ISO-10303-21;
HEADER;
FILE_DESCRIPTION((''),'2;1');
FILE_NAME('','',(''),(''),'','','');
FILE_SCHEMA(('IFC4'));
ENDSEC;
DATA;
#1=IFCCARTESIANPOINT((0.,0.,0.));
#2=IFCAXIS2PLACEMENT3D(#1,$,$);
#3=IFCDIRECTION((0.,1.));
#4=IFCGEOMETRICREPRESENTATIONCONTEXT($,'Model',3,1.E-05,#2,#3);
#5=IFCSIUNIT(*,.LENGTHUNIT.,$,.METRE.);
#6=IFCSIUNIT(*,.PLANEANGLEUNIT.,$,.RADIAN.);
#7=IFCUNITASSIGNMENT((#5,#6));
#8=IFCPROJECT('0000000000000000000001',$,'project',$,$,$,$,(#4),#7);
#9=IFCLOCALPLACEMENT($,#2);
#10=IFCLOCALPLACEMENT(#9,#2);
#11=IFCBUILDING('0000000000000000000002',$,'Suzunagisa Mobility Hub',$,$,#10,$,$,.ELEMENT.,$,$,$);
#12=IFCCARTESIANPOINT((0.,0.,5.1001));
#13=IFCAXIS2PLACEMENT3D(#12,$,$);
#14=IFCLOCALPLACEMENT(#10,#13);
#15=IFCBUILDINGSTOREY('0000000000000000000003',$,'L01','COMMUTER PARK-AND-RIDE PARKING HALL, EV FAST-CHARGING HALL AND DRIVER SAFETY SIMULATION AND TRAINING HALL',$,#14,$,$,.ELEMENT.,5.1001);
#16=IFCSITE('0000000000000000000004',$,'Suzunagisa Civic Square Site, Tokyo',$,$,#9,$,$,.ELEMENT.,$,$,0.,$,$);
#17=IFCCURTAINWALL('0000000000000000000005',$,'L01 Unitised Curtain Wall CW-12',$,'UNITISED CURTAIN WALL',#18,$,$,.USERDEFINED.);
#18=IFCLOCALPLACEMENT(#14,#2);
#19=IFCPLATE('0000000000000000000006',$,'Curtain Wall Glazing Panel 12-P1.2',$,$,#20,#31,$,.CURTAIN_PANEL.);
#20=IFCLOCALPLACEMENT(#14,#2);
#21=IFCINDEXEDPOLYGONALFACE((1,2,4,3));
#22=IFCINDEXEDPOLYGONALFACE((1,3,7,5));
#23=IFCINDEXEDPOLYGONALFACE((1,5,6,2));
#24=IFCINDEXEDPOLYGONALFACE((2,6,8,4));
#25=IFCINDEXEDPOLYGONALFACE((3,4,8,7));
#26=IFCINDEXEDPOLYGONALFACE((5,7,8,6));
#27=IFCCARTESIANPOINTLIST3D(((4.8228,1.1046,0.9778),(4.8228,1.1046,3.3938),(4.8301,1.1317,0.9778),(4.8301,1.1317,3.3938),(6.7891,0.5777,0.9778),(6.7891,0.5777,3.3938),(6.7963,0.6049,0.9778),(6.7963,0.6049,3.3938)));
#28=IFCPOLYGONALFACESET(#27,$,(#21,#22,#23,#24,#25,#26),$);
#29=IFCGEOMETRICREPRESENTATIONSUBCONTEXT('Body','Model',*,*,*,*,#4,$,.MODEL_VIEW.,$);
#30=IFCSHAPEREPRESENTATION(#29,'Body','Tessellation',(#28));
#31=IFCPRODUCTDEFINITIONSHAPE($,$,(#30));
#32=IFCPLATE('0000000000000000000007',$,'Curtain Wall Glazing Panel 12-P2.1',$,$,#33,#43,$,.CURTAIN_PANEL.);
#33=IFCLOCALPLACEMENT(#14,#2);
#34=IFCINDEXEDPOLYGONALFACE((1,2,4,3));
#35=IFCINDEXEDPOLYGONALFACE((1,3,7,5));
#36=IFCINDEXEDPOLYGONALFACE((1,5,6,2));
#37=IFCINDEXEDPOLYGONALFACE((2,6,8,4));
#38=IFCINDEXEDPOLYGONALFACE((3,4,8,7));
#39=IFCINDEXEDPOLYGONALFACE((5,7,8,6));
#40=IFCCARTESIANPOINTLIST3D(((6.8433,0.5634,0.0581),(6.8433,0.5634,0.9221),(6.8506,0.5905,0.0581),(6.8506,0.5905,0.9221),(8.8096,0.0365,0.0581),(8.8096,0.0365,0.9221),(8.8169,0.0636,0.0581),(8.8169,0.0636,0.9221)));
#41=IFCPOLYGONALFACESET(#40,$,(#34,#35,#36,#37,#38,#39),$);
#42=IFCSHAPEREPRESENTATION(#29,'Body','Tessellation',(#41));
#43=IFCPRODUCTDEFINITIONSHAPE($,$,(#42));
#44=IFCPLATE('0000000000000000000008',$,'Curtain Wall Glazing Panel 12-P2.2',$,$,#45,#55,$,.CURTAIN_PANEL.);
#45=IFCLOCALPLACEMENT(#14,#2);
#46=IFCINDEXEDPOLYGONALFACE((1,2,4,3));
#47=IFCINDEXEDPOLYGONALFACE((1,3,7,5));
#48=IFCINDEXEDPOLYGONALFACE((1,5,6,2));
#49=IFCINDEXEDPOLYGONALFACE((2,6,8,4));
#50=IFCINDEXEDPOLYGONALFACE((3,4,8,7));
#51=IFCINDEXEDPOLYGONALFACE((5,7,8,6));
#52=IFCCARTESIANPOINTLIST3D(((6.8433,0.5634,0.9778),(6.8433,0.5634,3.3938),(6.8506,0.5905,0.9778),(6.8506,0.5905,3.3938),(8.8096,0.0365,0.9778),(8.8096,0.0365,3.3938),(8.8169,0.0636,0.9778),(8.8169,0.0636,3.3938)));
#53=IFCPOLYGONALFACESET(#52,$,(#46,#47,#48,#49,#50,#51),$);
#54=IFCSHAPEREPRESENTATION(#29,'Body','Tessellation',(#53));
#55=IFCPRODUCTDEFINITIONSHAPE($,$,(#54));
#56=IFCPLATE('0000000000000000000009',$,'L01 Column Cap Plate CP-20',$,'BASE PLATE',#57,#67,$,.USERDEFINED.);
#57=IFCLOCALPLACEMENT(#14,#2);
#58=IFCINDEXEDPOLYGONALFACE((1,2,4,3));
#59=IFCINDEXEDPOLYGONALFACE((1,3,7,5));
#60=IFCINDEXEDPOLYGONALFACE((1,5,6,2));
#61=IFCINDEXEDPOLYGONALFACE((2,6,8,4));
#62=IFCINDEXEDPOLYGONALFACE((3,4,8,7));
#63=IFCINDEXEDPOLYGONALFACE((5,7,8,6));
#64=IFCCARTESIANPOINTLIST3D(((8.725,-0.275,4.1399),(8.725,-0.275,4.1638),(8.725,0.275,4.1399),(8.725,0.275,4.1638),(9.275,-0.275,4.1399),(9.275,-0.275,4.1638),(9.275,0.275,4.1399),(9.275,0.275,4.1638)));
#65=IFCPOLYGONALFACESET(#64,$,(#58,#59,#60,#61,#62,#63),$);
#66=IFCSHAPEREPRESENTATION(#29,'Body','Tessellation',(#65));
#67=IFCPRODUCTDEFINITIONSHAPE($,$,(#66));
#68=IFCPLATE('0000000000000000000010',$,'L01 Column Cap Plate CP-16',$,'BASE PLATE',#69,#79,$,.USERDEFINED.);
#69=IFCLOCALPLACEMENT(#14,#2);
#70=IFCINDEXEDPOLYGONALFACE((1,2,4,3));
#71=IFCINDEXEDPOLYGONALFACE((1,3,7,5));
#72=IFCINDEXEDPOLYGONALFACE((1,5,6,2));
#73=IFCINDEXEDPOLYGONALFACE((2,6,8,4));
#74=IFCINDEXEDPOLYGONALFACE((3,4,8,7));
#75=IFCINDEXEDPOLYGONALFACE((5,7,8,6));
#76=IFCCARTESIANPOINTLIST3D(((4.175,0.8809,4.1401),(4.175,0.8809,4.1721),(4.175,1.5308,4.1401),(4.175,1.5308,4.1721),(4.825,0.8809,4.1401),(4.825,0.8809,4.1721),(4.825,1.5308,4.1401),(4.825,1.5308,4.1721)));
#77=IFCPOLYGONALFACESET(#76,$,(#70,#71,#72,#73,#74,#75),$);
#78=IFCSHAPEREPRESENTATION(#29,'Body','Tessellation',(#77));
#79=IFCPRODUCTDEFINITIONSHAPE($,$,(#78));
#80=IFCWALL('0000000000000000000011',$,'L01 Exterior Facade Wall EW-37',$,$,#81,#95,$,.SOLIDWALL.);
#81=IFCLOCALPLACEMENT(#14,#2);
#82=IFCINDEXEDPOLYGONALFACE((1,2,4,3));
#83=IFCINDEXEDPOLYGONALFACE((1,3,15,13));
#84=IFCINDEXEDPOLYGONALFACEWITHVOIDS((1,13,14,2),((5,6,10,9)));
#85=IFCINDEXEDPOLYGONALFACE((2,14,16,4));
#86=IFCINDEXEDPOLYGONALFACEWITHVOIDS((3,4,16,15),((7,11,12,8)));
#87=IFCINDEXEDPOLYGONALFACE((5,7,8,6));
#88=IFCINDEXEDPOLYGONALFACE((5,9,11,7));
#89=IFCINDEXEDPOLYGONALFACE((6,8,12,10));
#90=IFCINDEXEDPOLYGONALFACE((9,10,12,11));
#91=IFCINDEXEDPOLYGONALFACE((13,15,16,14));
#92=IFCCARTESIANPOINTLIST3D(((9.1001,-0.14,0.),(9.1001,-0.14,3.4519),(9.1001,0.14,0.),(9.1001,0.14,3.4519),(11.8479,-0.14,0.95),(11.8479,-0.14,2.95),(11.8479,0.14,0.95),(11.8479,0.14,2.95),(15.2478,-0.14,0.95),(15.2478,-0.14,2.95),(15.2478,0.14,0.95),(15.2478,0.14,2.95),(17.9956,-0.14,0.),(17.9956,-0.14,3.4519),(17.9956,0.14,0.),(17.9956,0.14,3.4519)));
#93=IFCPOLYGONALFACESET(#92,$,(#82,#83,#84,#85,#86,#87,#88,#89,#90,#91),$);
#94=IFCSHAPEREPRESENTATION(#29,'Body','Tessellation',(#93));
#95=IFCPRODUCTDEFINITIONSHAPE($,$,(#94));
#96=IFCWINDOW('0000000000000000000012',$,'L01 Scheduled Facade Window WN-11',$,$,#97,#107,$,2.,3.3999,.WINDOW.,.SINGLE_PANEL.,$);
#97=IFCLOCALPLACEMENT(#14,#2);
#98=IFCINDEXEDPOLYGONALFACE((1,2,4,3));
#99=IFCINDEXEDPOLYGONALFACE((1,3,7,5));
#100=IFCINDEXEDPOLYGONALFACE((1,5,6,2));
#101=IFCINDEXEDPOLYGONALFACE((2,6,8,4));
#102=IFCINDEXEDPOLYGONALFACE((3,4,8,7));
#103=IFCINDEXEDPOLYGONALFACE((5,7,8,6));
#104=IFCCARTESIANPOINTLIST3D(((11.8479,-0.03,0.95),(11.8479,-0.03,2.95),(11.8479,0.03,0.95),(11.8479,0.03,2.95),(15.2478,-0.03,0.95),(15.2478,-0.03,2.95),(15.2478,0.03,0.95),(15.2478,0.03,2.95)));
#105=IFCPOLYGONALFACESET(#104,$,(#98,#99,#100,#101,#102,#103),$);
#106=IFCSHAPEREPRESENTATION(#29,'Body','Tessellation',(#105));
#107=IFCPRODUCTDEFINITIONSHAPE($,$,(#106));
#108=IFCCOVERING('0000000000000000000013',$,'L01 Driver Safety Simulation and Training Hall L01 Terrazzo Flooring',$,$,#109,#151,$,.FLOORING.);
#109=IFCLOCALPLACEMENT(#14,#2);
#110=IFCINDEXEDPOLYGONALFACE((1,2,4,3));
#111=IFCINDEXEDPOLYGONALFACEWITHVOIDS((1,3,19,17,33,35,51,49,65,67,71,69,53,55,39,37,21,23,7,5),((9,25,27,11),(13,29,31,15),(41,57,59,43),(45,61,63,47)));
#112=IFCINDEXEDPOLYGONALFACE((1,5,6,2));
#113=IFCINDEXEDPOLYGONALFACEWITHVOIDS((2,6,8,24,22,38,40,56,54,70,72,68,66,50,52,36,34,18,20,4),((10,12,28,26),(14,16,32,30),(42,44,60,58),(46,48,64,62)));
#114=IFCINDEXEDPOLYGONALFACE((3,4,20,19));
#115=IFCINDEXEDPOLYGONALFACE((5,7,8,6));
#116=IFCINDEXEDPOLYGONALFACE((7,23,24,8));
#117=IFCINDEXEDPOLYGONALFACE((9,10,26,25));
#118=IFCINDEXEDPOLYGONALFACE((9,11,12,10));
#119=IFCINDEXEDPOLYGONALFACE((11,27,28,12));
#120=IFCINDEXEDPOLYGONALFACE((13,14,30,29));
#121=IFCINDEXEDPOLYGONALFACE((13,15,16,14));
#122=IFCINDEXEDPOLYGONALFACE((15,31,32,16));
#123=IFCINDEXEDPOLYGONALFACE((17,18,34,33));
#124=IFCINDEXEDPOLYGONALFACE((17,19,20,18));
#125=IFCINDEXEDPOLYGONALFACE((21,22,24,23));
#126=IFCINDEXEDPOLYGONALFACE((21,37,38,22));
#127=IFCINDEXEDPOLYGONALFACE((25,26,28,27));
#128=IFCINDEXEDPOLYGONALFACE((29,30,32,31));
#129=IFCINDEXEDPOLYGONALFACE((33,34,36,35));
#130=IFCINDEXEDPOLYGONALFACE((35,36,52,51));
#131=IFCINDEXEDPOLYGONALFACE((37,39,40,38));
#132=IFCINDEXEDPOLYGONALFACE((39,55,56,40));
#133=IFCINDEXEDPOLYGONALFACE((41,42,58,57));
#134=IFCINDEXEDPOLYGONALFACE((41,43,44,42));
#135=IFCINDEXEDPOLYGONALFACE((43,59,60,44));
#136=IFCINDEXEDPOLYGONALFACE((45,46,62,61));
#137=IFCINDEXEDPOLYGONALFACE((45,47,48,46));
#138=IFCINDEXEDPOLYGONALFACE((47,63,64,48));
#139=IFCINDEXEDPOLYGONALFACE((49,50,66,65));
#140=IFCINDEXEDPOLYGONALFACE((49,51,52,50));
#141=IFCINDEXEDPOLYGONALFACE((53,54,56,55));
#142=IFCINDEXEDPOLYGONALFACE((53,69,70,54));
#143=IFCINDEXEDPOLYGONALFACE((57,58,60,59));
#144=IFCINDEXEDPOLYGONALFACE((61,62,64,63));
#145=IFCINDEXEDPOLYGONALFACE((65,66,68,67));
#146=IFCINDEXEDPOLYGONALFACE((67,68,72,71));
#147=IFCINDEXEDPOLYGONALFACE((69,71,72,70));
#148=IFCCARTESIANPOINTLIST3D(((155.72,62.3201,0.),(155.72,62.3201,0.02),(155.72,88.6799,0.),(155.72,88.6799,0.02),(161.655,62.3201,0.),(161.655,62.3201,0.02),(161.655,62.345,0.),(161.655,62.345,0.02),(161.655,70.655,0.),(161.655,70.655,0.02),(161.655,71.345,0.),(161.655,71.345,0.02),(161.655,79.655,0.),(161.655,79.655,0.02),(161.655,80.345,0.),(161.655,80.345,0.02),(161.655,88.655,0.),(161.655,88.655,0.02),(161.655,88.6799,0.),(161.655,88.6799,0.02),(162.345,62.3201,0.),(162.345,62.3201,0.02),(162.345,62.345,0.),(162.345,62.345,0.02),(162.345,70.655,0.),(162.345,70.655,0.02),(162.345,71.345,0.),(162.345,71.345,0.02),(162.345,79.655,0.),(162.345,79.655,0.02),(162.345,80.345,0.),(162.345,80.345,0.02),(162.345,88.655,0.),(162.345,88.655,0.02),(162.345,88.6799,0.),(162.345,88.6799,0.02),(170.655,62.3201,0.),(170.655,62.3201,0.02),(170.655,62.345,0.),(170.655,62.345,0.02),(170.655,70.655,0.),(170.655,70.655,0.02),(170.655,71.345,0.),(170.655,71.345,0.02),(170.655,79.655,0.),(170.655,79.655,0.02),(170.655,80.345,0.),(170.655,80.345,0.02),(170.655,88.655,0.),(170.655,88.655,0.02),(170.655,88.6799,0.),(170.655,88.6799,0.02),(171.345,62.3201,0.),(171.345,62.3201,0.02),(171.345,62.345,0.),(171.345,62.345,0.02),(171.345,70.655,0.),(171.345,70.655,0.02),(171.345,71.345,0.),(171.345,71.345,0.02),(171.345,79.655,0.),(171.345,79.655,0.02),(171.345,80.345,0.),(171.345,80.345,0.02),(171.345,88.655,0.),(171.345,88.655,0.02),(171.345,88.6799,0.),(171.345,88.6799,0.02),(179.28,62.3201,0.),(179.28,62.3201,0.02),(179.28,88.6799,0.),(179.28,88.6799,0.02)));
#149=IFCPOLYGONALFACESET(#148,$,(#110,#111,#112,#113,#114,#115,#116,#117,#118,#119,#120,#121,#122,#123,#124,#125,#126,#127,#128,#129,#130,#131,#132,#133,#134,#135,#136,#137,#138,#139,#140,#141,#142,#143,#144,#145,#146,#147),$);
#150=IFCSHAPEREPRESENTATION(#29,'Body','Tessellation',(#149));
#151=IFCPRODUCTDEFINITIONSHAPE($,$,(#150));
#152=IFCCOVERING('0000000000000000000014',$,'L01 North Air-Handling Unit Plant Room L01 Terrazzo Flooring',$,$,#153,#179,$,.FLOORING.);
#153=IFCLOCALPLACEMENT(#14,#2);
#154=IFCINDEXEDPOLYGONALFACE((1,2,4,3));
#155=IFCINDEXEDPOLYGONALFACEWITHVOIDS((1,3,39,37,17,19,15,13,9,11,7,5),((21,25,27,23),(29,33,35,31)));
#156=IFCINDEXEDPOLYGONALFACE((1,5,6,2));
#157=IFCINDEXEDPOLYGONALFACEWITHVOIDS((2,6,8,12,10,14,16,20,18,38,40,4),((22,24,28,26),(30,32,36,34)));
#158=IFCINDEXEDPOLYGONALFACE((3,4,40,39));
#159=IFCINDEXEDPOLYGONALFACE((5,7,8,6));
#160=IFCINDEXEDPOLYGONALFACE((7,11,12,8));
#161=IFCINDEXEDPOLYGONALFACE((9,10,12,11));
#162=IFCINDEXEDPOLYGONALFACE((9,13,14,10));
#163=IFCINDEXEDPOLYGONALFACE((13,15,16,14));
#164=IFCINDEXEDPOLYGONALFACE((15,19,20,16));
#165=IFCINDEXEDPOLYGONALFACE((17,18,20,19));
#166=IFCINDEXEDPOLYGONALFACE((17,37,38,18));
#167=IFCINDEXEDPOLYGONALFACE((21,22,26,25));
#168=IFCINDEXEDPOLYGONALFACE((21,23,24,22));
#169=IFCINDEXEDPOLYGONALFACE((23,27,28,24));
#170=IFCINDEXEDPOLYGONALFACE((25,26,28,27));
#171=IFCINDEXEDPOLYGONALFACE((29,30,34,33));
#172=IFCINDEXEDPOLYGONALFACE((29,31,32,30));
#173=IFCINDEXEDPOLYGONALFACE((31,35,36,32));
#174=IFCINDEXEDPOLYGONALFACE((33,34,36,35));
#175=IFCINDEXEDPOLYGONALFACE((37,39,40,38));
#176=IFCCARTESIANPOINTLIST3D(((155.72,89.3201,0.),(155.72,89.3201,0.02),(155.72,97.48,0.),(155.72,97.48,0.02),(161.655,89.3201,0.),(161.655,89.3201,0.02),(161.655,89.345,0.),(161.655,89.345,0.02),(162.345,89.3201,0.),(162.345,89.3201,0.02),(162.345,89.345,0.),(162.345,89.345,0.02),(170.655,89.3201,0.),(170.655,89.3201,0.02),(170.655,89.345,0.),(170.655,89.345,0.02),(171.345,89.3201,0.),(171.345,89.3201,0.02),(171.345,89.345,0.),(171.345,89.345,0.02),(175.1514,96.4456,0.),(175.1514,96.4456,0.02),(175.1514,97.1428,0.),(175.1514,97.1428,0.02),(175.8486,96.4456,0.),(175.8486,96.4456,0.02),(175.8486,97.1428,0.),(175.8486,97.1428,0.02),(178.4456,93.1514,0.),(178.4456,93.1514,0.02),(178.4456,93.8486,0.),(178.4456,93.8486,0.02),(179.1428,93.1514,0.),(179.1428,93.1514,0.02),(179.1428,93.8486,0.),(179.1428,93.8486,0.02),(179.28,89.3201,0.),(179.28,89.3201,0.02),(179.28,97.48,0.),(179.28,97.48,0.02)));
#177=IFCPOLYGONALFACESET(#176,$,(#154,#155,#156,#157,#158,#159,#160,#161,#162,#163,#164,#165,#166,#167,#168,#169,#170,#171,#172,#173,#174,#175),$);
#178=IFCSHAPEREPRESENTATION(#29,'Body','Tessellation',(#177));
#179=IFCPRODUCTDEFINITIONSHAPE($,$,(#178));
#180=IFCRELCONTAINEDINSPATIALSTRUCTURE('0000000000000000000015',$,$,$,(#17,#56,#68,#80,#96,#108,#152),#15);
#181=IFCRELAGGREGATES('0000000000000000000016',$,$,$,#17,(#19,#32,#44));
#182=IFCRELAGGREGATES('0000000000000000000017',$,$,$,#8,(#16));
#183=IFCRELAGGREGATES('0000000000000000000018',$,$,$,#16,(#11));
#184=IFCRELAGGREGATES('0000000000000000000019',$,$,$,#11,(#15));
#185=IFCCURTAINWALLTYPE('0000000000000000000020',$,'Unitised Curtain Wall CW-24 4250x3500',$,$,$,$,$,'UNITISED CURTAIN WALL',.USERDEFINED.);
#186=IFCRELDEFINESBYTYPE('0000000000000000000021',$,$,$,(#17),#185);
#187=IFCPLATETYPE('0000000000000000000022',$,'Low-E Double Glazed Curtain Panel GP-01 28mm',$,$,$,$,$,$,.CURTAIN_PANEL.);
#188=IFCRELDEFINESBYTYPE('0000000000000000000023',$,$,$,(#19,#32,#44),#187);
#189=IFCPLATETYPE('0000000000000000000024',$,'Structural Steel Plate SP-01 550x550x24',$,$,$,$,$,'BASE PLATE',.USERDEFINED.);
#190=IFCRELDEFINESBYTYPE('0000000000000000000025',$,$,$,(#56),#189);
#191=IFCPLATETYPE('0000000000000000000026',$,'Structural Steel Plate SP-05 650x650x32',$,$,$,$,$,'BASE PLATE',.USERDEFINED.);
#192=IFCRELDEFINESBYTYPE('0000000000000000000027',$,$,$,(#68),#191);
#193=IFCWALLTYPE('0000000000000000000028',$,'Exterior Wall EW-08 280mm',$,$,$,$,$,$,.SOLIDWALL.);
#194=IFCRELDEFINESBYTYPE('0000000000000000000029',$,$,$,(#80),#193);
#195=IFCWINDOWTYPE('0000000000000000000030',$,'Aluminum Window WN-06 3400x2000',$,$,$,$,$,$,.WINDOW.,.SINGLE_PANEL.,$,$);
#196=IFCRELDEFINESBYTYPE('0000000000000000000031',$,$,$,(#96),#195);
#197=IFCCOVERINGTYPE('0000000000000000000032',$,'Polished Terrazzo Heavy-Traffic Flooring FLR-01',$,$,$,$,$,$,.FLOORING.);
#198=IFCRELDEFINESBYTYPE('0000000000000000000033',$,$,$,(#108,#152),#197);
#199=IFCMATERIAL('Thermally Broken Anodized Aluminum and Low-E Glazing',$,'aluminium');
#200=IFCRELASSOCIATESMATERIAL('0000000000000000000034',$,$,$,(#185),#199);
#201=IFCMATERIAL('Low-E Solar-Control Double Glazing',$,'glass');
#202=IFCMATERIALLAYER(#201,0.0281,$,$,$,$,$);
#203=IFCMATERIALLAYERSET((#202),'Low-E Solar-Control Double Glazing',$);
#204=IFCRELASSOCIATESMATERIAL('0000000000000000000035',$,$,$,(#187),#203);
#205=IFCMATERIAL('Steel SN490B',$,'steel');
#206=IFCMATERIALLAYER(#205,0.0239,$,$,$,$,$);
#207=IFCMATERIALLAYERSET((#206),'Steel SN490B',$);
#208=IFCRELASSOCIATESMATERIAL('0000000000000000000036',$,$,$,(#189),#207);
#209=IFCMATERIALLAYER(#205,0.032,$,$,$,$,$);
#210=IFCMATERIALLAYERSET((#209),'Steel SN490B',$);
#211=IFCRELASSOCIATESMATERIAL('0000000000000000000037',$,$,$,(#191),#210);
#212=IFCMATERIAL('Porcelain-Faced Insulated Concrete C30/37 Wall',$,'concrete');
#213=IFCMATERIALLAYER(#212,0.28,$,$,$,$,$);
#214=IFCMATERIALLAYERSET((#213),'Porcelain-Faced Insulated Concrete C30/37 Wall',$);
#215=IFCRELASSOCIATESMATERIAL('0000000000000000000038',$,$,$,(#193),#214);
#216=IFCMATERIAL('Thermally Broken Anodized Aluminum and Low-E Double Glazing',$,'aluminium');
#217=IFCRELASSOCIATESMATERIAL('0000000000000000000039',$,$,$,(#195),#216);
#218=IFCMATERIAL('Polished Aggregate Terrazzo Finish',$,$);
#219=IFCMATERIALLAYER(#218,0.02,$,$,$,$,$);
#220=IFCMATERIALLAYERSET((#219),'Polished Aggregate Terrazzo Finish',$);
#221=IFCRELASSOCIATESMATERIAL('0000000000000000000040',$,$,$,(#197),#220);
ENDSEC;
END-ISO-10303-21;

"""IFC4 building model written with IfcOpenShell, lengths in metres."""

from ifc_helpers import new_model, si_unit, direction, frame, frame_2d, origin, origin_2d, place, context, subcontext, project, spatial, polyline, rectangle, outline, extrude, material, layer, layer_set, type_object, element, fill, aggregate, save


model = new_model("IFC4")

# Units and contexts
model_context = context("Model", 3, precision=1e-05, world=origin(), true_north=direction((0.0, 1.0)))
body_context = subcontext(model_context, "Body", "Model", "MODEL_VIEW")
ifc_project = project(units=[si_unit("LENGTHUNIT", "METRE"), si_unit("PLANEANGLEUNIT", "RADIAN")], contexts=[model_context])

# Site, building, storey
site_placement = place(None, origin())
site = spatial("IfcSite", under=ifc_project, at=site_placement, Name="Suzunagisa Civic Square Site, Tokyo", CompositionType="ELEMENT", RefElevation=0.0)
building_placement = place(site_placement, origin())
building = spatial("IfcBuilding", under=site, at=building_placement, Name="Suzunagisa Mobility Hub", CompositionType="ELEMENT")
storey_placement = place(building_placement, frame((0.0, 0.0, 5.1001)))
storey = spatial("IfcBuildingStorey", under=building, at=storey_placement, Name="L01", Description="COMMUTER PARK-AND-RIDE PARKING HALL, EV FAST-CHARGING HALL AND DRIVER SAFETY SIMULATION AND TRAINING HALL", CompositionType="ELEMENT", Elevation=5.1001)

# Shared definitions
ifc_material_1 = material(Name="Steel SN490B", Category="steel")

# Curtain wall
ifc_material_2 = material(Name="Thermally Broken Anodized Aluminum and Low-E Glazing", Category="aluminium")
curtain_wall_type_1 = type_object("IfcCurtainWallType", Name="Unitised Curtain Wall CW-24 4250x3500", ElementType="UNITISED CURTAIN WALL", PredefinedType="USERDEFINED", material=ifc_material_2)
curtain_wall_1_placement = place(storey_placement, origin())
curtain_wall_1 = element("IfcCurtainWall", 1, at=curtain_wall_1_placement, inside=storey, type_object=curtain_wall_type_1, Name="L01 Unitised Curtain Wall CW-12", ObjectType="UNITISED CURTAIN WALL", PredefinedType="USERDEFINED")

# Plates
ifc_material_3 = material(Name="Low-E Solar-Control Double Glazing", Category="glass")
ifc_layer_1 = layer(ifc_material_3, 0.0281)
ifc_layer_set_1 = layer_set([ifc_layer_1], Name="Low-E Solar-Control Double Glazing")
plate_type_1 = type_object("IfcPlateType", Name="Low-E Double Glazed Curtain Panel GP-01 28mm", PredefinedType="CURTAIN_PANEL", material=ifc_layer_set_1)
plate_1_placement = place(storey_placement, frame((5.8096, 0.8547, 0.9778), z_axis=(0.0, 0.0, 1.0), x_axis=(0.965924, -0.258826, 0.0)))
plate_1 = element("IfcPlate", 2, at=plate_1_placement, type_object=plate_type_1, Name="Curtain Wall Glazing Panel 12-P1.2", PredefinedType="CURTAIN_PANEL", context=body_context, shape_type="SweptSolid", body=[
    extrude(rectangle(XDim=2.0356, YDim=0.0281, at=origin_2d()), origin(), (0.0, 0.0, 1.0), 2.416),
])
plate_2_placement = place(storey_placement, frame((7.8301, 0.3135, 0.0581), z_axis=(0.0, 0.0, 1.0), x_axis=(0.965924, -0.258826, 0.0)))
plate_2 = element("IfcPlate", 3, at=plate_2_placement, type_object=plate_type_1, Name="Curtain Wall Glazing Panel 12-P2.1", PredefinedType="CURTAIN_PANEL", context=body_context, shape_type="SweptSolid", body=[
    extrude(rectangle(XDim=2.0356, YDim=0.0281, at=origin_2d()), origin(), (0.0, 0.0, 1.0), 0.864),
])
plate_3_placement = place(storey_placement, frame((7.8301, 0.3135, 0.9778), z_axis=(0.0, 0.0, 1.0), x_axis=(0.965924, -0.258826, 0.0)))
plate_3 = element("IfcPlate", 4, at=plate_3_placement, type_object=plate_type_1, Name="Curtain Wall Glazing Panel 12-P2.2", PredefinedType="CURTAIN_PANEL", context=body_context, shape_type="SweptSolid", body=[
    extrude(rectangle(XDim=2.0356, YDim=0.0281, at=origin_2d()), origin(), (0.0, 0.0, 1.0), 2.416),
])
aggregate(curtain_wall_1, [plate_1, plate_2, plate_3])

# Plates
ifc_layer_2 = layer(ifc_material_1, 0.0239)
ifc_layer_set_2 = layer_set([ifc_layer_2], Name="Steel SN490B")
plate_type_2 = type_object("IfcPlateType", Name="Structural Steel Plate SP-01 550x550x24", ElementType="BASE PLATE", PredefinedType="USERDEFINED", material=ifc_layer_set_2)
plate_4_placement = place(storey_placement, frame((9.0, 0.0, 4.1399), z_axis=(0.0, 0.0, 1.0), x_axis=(1.0, 0.0, 0.0)))
element("IfcPlate", 5, at=plate_4_placement, inside=storey, type_object=plate_type_2, Name="L01 Column Cap Plate CP-20", ObjectType="BASE PLATE", PredefinedType="USERDEFINED", context=body_context, shape_type="SweptSolid", body=[
    extrude(rectangle(XDim=0.55, YDim=0.55, at=origin_2d()), origin(), (0.0, 0.0, 1.0), 0.0239),
])
ifc_layer_3 = layer(ifc_material_1, 0.032)
ifc_layer_set_3 = layer_set([ifc_layer_3], Name="Steel SN490B")
plate_type_3 = type_object("IfcPlateType", Name="Structural Steel Plate SP-05 650x650x32", ElementType="BASE PLATE", PredefinedType="USERDEFINED", material=ifc_layer_set_3)
plate_5_placement = place(storey_placement, frame((4.5, 1.2058, 4.1401), z_axis=(0.0, 0.0, 1.0), x_axis=(1.0, 0.0, 0.0)))
element("IfcPlate", 6, at=plate_5_placement, inside=storey, type_object=plate_type_3, Name="L01 Column Cap Plate CP-16", ObjectType="BASE PLATE", PredefinedType="USERDEFINED", context=body_context, shape_type="SweptSolid", body=[
    extrude(rectangle(XDim=0.6499, YDim=0.6499, at=origin_2d()), origin(), (0.0, 0.0, 1.0), 0.032),
])

# Wall, opening, window
ifc_material_4 = material(Name="Porcelain-Faced Insulated Concrete C30/37 Wall", Category="concrete")
ifc_layer_4 = layer(ifc_material_4, 0.28)
ifc_layer_set_4 = layer_set([ifc_layer_4], Name="Porcelain-Faced Insulated Concrete C30/37 Wall")
wall_type = type_object("IfcWallType", Name="Exterior Wall EW-08 280mm", PredefinedType="SOLIDWALL", material=ifc_layer_set_4)
wall_placement = place(storey_placement, frame((9.1001, 0.0, 0.0), z_axis=(0.0, 0.0, 1.0), x_axis=(1.0, 0.0, 0.0)))
wall = element("IfcWall", 7, at=wall_placement, inside=storey, type_object=wall_type, Name="L01 Exterior Facade Wall EW-37", PredefinedType="SOLIDWALL", context=body_context, shape_type="SweptSolid", body=[
    extrude(rectangle(XDim=8.8955, YDim=0.28, at=frame_2d((4.4478, 0.0))), origin(), (0.0, 0.0, 1.0), 3.4519),
])
opening_placement = place(wall_placement, frame((2.7478, 0.0, 0.95)))
opening = element("IfcOpeningElement", 8, at=opening_placement, cuts=wall, PredefinedType="OPENING", context=body_context, shape_type="SweptSolid", body=[
    extrude(rectangle(XDim=3.3999, YDim=2.0, at=frame_2d((1.7, 1.0))), frame((0.0, 0.1509, 0.0), z_axis=(0.0, -1.0, 0.0), x_axis=(1.0, 0.0, 0.0)), (0.0, 0.0, 1.0), 0.302),
])
ifc_material_5 = material(Name="Thermally Broken Anodized Aluminum and Low-E Double Glazing", Category="aluminium")
window_type = type_object("IfcWindowType", Name="Aluminum Window WN-06 3400x2000", PartitioningType="SINGLE_PANEL", PredefinedType="WINDOW", material=ifc_material_5)
window_placement = place(opening_placement, origin())
window = element("IfcWindow", 9, at=window_placement, inside=storey, type_object=window_type, Name="L01 Scheduled Facade Window WN-11", OverallHeight=2.0, OverallWidth=3.3999, PartitioningType="SINGLE_PANEL", PredefinedType="WINDOW", context=body_context, shape_type="SweptSolid", body=[
    extrude(rectangle(XDim=3.3999, YDim=2.0, at=frame_2d((1.7, 1.0))), frame((0.0, 0.03, 0.0), z_axis=(0.0, -1.0, 0.0), x_axis=(1.0, 0.0, 0.0)), (0.0, 0.0, 1.0), 0.0601),
])
fill(opening, window)

# Coverings
ifc_material_6 = material(Name="Polished Aggregate Terrazzo Finish")
ifc_layer_5 = layer(ifc_material_6, 0.02)
ifc_layer_set_5 = layer_set([ifc_layer_5], Name="Polished Aggregate Terrazzo Finish")
covering_type = type_object("IfcCoveringType", Name="Polished Terrazzo Heavy-Traffic Flooring FLR-01", PredefinedType="FLOORING", material=ifc_layer_set_5)
covering_1_placement = place(storey_placement, origin())
element("IfcCovering", 10, at=covering_1_placement, inside=storey, type_object=covering_type, Name="L01 Driver Safety Simulation and Training Hall L01 Terrazzo Flooring", PredefinedType="FLOORING", context=body_context, shape_type="SweptSolid", body=[
    extrude(outline(polyline([(161.655, 88.655), (162.345, 88.655), (162.345, 88.6799), (170.655, 88.6799), (170.655, 88.655), (171.345, 88.655), (171.345, 88.6799), (179.28, 88.6799), (179.28, 62.3201), (171.345, 62.3201), (171.345, 62.345), (170.655, 62.345), (170.655, 62.3201), (162.345, 62.3201), (162.345, 62.345), (161.655, 62.345), (161.655, 62.3201), (155.72, 62.3201), (155.72, 88.6799), (161.655, 88.6799), (161.655, 88.655)]), holes=[polyline([(161.655, 71.345), (161.655, 70.655), (162.345, 70.655), (162.345, 71.345), (161.655, 71.345)]), polyline([(162.345, 80.345), (161.655, 80.345), (161.655, 79.655), (162.345, 79.655), (162.345, 80.345)]), polyline([(170.655, 71.345), (170.655, 70.655), (171.345, 70.655), (171.345, 71.345), (170.655, 71.345)]), polyline([(171.345, 80.345), (170.655, 80.345), (170.655, 79.655), (171.345, 79.655), (171.345, 80.345)])]), origin(), (0.0, 0.0, 1.0), 0.02),
])
covering_2_placement = place(storey_placement, origin())
element("IfcCovering", 11, at=covering_2_placement, inside=storey, type_object=covering_type, Name="L01 North Air-Handling Unit Plant Room L01 Terrazzo Flooring", PredefinedType="FLOORING", context=body_context, shape_type="SweptSolid", body=[
    extrude(outline(polyline([(155.72, 97.48), (179.28, 97.48), (179.28, 89.3201), (171.345, 89.3201), (171.345, 89.345), (170.655, 89.345), (170.655, 89.3201), (162.345, 89.3201), (162.345, 89.345), (161.655, 89.345), (161.655, 89.3201), (155.72, 89.3201), (155.72, 97.48)]), holes=[polyline([(175.8486, 97.1428), (175.1514, 97.1428), (175.1514, 96.4456), (175.8486, 96.4456), (175.8486, 97.1428)]), polyline([(179.1428, 93.1514), (179.1428, 93.8486), (178.4456, 93.8486), (178.4456, 93.1514), (179.1428, 93.1514)])]), origin(), (0.0, 0.0, 1.0), 0.02),
])

save(model, "model.ifc")
